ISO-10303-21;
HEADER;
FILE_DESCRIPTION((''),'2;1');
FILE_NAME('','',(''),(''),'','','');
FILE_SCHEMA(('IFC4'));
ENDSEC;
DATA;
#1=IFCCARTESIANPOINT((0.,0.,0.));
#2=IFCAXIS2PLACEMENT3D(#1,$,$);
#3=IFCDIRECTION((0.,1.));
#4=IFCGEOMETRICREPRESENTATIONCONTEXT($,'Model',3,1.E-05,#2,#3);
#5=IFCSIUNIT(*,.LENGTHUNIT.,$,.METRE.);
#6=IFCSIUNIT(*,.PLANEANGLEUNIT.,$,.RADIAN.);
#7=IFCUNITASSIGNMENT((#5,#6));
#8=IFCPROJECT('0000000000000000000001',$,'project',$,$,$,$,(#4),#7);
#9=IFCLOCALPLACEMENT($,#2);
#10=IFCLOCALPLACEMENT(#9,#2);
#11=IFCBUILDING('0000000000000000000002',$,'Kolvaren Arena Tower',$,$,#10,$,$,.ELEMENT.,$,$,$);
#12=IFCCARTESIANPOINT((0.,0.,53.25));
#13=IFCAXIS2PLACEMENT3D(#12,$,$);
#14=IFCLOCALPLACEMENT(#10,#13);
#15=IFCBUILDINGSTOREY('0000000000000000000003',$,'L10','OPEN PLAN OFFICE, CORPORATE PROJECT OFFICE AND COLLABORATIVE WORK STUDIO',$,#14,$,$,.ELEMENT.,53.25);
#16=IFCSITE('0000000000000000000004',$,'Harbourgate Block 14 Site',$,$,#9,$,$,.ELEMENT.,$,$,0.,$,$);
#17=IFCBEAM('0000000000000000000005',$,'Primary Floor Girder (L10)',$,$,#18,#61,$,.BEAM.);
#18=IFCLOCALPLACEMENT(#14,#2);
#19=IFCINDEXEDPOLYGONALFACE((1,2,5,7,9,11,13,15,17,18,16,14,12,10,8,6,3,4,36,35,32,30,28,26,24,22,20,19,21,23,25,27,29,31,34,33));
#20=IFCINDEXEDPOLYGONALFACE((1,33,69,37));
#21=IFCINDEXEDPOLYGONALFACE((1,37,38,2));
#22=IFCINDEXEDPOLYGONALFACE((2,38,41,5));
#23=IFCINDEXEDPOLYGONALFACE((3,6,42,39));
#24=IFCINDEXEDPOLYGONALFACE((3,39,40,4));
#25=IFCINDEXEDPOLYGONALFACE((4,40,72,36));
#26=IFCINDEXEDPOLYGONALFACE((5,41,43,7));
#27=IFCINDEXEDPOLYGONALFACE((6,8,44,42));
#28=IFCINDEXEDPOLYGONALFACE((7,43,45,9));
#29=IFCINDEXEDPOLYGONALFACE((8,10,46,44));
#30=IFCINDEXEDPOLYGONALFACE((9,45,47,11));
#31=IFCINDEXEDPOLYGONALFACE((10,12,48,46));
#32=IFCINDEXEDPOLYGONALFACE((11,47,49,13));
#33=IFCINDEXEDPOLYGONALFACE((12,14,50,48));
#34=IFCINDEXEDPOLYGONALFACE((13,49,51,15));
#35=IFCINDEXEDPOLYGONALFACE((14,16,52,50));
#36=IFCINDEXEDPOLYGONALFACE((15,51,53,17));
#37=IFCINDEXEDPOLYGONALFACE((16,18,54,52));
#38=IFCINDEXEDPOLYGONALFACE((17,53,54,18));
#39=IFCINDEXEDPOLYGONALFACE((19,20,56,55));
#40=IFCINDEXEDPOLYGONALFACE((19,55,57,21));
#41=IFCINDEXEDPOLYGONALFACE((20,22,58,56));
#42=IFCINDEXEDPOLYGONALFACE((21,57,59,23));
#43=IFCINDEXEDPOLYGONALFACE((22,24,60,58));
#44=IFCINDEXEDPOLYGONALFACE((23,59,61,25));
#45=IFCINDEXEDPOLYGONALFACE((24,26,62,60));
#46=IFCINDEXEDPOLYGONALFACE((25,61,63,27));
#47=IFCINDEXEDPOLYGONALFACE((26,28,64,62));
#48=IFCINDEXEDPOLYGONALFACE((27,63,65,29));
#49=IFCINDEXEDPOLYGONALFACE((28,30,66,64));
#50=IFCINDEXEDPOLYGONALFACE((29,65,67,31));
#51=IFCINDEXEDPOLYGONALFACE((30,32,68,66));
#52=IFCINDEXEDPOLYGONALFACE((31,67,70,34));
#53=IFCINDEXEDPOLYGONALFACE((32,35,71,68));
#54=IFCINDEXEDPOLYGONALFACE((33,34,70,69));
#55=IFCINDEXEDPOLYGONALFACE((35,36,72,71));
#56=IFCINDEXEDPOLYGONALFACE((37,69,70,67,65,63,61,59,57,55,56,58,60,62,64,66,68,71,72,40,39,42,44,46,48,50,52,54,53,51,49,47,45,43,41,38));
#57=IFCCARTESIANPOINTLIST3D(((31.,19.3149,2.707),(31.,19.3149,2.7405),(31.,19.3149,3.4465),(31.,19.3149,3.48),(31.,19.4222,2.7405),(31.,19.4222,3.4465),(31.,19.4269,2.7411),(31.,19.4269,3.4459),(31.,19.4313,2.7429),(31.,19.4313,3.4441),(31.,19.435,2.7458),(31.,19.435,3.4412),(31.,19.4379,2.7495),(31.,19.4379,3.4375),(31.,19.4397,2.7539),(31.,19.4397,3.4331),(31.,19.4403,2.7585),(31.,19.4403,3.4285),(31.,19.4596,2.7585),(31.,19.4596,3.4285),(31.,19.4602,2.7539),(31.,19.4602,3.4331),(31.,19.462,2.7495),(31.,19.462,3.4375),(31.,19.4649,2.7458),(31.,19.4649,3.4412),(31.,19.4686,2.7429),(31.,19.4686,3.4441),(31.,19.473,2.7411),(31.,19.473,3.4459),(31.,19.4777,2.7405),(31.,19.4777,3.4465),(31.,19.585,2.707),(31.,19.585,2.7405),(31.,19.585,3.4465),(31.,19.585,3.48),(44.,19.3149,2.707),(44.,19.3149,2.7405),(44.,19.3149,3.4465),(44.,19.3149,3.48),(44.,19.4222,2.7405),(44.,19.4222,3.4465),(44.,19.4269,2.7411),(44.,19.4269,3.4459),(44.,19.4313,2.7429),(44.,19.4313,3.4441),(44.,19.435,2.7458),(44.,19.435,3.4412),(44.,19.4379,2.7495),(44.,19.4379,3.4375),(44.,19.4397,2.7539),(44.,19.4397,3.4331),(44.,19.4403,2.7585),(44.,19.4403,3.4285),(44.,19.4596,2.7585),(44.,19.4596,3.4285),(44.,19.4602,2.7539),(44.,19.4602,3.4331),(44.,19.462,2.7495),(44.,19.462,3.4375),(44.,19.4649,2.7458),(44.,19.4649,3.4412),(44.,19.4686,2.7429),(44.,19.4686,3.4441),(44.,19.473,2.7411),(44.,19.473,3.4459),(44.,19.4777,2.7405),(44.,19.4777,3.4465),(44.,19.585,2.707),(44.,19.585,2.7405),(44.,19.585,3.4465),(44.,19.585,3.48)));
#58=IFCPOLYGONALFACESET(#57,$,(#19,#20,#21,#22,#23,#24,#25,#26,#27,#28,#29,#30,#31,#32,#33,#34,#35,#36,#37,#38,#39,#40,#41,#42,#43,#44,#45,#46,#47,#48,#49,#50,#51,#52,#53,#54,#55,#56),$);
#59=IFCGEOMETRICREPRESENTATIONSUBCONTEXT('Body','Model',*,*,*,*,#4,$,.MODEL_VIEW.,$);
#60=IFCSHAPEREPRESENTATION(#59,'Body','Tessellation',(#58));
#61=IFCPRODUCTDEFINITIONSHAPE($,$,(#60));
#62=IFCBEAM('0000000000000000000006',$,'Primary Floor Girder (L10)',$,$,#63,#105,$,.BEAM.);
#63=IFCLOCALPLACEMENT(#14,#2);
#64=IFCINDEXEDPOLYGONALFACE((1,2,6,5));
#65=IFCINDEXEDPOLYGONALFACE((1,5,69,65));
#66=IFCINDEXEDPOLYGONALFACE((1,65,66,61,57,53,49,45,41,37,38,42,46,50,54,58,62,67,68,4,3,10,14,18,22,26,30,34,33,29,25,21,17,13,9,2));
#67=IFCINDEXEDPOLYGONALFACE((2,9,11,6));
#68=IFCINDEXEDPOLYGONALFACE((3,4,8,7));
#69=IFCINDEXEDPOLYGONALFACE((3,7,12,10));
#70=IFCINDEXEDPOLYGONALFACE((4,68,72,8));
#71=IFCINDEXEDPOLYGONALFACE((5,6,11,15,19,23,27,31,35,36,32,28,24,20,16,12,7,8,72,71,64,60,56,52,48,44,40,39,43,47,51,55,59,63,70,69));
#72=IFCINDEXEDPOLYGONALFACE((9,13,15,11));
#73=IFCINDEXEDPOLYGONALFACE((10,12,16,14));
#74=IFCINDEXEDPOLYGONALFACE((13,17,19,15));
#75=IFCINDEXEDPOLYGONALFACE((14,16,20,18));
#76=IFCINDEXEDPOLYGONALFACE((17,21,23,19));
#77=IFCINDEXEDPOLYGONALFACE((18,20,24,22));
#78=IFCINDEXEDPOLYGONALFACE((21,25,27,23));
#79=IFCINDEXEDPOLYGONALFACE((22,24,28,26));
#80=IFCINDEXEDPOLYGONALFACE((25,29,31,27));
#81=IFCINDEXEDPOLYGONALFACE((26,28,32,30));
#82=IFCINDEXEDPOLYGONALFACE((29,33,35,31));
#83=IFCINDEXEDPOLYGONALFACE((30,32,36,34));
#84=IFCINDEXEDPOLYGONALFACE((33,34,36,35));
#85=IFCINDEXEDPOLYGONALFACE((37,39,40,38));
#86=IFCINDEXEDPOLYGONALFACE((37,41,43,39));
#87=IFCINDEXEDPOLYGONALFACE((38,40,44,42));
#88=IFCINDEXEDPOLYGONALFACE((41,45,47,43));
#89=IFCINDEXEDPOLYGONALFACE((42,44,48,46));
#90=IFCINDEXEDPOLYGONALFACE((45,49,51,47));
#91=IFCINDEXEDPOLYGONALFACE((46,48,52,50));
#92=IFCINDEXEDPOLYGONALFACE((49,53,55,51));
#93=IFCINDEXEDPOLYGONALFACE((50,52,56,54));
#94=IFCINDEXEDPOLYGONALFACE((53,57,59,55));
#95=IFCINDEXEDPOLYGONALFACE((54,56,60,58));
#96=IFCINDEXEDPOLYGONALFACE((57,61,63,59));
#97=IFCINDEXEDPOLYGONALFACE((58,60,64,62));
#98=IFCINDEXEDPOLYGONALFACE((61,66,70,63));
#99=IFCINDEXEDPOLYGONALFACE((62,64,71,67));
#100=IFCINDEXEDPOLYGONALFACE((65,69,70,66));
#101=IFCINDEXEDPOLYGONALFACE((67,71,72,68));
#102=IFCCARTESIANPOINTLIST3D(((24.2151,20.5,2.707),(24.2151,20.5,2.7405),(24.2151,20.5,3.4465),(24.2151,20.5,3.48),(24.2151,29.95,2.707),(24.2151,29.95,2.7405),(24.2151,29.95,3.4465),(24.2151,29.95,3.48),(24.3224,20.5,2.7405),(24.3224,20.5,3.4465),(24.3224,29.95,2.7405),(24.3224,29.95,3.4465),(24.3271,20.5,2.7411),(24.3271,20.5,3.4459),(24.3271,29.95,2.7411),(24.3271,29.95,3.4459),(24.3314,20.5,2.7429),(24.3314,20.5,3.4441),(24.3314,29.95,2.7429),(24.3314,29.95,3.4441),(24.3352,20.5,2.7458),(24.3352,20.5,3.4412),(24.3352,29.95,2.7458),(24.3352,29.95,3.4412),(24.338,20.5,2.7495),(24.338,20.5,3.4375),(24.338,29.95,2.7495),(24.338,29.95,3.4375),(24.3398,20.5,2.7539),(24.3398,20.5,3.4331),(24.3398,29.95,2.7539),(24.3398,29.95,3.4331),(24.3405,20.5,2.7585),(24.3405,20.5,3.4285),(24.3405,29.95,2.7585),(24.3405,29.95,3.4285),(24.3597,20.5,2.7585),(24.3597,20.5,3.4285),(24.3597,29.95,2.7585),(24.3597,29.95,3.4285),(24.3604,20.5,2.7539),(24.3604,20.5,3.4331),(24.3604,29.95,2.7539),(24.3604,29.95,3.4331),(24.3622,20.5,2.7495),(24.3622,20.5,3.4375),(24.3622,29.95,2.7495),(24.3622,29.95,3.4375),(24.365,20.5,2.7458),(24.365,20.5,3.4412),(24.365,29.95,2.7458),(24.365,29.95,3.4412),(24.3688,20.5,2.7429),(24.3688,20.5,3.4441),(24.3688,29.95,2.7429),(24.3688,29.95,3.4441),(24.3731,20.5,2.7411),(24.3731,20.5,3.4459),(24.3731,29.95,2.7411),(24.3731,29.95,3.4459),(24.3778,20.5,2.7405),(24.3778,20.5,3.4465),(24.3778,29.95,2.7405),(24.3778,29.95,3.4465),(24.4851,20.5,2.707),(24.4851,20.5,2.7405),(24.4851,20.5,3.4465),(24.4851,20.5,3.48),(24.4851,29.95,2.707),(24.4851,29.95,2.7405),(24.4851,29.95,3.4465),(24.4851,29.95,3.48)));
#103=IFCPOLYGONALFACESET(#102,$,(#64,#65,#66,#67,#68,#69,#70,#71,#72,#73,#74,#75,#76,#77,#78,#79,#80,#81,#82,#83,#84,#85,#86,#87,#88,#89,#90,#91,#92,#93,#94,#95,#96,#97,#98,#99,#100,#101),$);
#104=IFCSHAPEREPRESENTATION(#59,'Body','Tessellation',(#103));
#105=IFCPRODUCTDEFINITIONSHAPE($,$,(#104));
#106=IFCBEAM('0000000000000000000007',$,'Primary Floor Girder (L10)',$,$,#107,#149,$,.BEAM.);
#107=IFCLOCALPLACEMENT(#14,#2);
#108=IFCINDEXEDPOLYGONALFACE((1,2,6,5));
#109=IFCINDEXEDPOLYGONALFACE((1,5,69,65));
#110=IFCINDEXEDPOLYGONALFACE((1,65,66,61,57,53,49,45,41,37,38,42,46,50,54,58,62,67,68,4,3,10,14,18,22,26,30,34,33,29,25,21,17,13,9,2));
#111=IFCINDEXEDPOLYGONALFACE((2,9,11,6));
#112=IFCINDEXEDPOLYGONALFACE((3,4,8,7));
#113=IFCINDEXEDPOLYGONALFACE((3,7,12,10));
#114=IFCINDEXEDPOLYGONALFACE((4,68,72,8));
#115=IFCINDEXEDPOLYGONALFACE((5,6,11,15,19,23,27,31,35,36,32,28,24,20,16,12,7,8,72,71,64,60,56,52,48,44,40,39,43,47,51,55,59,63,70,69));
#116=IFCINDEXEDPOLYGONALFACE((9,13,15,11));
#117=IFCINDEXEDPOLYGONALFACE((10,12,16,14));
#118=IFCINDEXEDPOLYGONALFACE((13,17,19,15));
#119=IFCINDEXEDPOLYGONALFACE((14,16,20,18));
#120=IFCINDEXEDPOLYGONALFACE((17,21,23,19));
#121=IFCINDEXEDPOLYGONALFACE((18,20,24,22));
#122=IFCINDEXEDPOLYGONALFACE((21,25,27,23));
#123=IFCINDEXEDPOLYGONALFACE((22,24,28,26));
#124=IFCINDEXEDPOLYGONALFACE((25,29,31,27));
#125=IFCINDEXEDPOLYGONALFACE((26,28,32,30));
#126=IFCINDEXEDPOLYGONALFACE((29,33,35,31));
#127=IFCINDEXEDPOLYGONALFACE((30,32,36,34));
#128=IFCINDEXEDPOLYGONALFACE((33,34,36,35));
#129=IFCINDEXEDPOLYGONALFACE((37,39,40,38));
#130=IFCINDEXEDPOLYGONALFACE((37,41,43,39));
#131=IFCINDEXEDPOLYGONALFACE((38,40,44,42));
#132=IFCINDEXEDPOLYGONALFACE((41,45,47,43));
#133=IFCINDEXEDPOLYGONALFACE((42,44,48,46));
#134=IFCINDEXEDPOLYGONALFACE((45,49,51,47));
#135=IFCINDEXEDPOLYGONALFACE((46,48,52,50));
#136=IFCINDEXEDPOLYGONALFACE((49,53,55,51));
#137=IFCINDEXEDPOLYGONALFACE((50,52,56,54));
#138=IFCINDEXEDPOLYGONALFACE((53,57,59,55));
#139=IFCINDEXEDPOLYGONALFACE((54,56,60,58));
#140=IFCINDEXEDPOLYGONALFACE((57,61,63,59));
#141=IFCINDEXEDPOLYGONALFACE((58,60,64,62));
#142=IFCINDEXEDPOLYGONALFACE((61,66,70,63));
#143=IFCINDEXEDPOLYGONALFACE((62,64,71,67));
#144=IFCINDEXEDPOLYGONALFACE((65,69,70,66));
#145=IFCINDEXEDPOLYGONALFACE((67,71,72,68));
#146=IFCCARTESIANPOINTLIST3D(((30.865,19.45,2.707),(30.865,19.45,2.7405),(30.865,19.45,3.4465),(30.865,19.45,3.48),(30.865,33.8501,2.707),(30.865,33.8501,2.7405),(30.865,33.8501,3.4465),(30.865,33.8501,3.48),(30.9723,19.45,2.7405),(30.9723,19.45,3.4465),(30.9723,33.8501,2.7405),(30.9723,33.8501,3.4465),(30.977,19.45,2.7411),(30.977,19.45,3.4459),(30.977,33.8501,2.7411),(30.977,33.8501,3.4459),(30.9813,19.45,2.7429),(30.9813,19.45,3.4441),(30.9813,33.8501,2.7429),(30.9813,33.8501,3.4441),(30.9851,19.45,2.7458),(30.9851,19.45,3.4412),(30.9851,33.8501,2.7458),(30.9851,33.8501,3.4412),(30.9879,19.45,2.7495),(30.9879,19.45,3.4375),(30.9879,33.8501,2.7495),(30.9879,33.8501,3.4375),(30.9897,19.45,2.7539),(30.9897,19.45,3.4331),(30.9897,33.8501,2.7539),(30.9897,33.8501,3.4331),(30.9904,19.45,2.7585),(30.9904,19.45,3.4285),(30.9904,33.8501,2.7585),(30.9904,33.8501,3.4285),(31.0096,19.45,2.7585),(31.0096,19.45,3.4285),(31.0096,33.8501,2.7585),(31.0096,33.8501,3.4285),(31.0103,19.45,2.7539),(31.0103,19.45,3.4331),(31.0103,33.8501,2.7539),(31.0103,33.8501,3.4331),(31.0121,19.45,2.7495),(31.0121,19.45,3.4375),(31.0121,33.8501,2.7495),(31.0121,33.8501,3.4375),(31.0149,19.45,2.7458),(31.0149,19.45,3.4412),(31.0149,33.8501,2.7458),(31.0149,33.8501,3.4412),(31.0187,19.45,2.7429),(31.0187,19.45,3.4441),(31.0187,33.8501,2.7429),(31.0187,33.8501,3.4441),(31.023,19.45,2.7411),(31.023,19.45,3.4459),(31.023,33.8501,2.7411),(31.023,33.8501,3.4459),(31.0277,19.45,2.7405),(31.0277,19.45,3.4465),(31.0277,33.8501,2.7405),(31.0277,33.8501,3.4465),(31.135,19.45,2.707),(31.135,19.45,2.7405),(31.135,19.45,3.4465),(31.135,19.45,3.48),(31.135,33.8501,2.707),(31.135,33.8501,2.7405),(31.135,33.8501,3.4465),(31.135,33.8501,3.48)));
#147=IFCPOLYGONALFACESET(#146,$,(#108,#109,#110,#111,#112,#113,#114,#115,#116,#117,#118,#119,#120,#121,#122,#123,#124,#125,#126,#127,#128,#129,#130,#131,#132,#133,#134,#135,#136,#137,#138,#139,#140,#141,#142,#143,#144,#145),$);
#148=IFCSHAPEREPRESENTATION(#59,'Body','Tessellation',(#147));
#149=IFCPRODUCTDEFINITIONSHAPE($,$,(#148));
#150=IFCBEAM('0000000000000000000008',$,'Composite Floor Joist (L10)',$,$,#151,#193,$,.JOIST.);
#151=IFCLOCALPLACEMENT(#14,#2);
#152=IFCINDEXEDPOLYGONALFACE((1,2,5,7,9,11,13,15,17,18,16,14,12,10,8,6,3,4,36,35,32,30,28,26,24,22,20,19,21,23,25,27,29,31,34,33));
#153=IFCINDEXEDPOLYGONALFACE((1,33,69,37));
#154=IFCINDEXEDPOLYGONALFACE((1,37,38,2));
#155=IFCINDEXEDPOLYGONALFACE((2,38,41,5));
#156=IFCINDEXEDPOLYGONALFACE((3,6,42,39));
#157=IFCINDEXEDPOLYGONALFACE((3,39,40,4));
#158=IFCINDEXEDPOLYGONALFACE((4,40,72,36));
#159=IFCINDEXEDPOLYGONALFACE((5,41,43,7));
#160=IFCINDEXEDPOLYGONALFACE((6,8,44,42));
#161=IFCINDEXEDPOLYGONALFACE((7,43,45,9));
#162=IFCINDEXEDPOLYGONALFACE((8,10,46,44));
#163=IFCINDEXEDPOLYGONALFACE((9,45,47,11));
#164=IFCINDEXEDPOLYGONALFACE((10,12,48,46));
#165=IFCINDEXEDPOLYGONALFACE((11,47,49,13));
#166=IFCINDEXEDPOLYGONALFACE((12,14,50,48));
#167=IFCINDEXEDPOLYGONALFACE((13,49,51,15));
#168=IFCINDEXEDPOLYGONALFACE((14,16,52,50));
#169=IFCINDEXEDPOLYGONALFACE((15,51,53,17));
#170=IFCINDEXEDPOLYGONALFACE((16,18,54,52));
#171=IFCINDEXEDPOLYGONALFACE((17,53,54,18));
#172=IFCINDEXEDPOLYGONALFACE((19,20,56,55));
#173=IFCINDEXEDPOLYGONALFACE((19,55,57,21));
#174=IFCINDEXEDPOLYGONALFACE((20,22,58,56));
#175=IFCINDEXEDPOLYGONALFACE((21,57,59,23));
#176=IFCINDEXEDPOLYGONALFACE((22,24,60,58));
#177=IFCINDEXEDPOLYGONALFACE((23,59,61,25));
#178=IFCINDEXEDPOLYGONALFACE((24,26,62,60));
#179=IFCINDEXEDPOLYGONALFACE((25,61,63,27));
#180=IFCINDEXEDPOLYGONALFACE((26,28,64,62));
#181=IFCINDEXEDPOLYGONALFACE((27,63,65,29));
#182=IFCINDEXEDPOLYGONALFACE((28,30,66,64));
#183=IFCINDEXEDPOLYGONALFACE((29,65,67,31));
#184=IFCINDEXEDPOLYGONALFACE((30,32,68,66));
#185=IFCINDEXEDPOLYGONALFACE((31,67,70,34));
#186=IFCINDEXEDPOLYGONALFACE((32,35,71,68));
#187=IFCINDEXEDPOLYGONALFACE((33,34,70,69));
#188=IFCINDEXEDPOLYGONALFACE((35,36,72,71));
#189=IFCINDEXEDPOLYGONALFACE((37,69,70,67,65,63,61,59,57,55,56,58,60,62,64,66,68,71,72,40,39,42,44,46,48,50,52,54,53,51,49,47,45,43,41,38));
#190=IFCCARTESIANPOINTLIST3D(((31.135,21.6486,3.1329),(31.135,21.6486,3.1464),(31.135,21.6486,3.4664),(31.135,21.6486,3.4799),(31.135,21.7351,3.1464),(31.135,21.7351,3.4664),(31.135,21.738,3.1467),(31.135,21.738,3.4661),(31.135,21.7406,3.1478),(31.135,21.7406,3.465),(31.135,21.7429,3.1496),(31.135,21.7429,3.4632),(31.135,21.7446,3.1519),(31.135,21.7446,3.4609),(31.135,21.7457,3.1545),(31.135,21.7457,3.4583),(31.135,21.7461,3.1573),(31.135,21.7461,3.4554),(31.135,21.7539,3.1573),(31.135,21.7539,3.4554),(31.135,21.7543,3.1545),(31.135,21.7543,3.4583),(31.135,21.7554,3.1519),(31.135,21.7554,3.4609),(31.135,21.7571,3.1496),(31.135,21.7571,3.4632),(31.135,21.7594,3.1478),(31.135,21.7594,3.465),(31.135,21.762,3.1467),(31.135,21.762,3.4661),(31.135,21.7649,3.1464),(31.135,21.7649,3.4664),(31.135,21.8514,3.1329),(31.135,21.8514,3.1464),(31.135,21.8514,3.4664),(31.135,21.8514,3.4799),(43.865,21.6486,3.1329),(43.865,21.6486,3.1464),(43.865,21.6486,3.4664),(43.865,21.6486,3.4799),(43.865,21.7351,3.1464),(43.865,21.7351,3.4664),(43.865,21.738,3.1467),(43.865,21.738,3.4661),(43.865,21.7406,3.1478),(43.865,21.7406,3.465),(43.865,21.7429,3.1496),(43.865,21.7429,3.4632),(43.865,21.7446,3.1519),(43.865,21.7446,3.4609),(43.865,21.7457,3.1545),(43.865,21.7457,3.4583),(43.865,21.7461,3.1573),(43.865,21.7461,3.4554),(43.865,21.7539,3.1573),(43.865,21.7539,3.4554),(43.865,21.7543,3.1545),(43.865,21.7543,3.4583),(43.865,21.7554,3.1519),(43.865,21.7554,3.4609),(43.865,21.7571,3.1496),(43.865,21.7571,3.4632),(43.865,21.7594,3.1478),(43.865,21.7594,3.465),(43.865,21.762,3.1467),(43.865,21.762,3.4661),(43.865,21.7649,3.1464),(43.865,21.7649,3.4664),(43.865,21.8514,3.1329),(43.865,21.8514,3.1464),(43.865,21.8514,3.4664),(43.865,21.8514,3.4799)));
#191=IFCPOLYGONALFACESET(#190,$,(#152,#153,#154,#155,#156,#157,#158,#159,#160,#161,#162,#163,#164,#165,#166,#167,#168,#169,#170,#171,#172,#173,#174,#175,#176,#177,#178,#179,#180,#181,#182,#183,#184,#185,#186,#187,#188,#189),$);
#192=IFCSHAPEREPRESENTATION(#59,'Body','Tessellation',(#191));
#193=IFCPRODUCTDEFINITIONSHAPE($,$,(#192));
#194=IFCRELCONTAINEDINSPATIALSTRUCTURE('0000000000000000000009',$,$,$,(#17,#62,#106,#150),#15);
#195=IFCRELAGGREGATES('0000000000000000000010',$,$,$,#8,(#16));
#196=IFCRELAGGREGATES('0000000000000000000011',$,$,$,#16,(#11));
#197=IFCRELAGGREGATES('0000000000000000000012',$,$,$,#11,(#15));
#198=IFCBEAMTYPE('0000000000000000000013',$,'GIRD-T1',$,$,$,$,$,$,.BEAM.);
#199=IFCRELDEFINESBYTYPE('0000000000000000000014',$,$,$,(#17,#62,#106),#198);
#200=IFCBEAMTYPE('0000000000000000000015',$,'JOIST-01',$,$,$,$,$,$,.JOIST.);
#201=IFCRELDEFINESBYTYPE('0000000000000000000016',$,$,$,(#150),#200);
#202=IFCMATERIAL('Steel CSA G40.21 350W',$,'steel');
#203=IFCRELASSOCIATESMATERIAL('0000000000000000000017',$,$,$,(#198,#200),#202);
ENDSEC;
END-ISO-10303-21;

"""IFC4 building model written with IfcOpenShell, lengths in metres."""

from ifc_helpers import new_model, si_unit, direction, frame, origin, origin_2d, place, context, subcontext, project, spatial, i_section, extrude, material, material_profile, profile_set, type_object, element, save


model = new_model("IFC4")

# Units and contexts
model_context = context("Model", 3, precision=1e-05, world=origin(), true_north=direction((0.0, 1.0)))
body_context = subcontext(model_context, "Body", "Model", "MODEL_VIEW")
ifc_project = project(units=[si_unit("LENGTHUNIT", "METRE"), si_unit("PLANEANGLEUNIT", "RADIAN")], contexts=[model_context])

# Site, building, storey
site_placement = place(None, origin())
site = spatial("IfcSite", under=ifc_project, at=site_placement, Name="Harbourgate Block 14 Site", CompositionType="ELEMENT", RefElevation=0.0)
building_placement = place(site_placement, origin())
building = spatial("IfcBuilding", under=site, at=building_placement, Name="Kolvaren Arena Tower", CompositionType="ELEMENT")
storey_placement = place(building_placement, frame((0.0, 0.0, 53.25)))
storey = spatial("IfcBuildingStorey", under=building, at=storey_placement, Name="L10", Description="OPEN PLAN OFFICE, CORPORATE PROJECT OFFICE AND COLLABORATIVE WORK STUDIO", CompositionType="ELEMENT", Elevation=53.25)

# Beams
ifc_material_1 = material(Name="Steel CSA G40.21 350W", Category="steel")
ifc_material_profile_1 = material_profile(ifc_material_1, i_section(OverallWidth=0.27, OverallDepth=0.7729, WebThickness=0.0193, FlangeThickness=0.0334, FilletRadius=0.0181, at=origin_2d()), Name="W760x257")
ifc_profile_set_1 = profile_set([ifc_material_profile_1], Name="Steel CSA G40.21 350W")
beam_type_1 = type_object("IfcBeamType", Name="GIRD-T1", PredefinedType="BEAM", material=ifc_profile_set_1)
beam_1_placement = place(storey_placement, frame((31.0, 19.45, 3.0935), z_axis=(1.0, 0.0, 0.0), x_axis=(0.0, 1.0, 0.0)))
element("IfcBeam", 1, at=beam_1_placement, inside=storey, type_object=beam_type_1, Name="Primary Floor Girder (L10)", PredefinedType="BEAM", context=body_context, shape_type="SweptSolid", body=[
    extrude(i_section(OverallWidth=0.27, OverallDepth=0.7729, WebThickness=0.0193, FlangeThickness=0.0334, FilletRadius=0.0181, at=origin_2d()), origin(), (0.0, 0.0, 1.0), 13.0),
])
beam_2_placement = place(storey_placement, frame((24.3501, 20.5, 3.0935), z_axis=(0.0, 1.0, 0.0), x_axis=(-1.0, 0.0, 0.0)))
element("IfcBeam", 2, at=beam_2_placement, inside=storey, type_object=beam_type_1, Name="Primary Floor Girder (L10)", PredefinedType="BEAM", context=body_context, shape_type="SweptSolid", body=[
    extrude(i_section(OverallWidth=0.27, OverallDepth=0.7729, WebThickness=0.0193, FlangeThickness=0.0334, FilletRadius=0.0181, at=origin_2d()), origin(), (0.0, 0.0, 1.0), 9.45),
])
beam_3_placement = place(storey_placement, frame((31.0, 19.45, 3.0935), z_axis=(0.0, 1.0, 0.0), x_axis=(-1.0, 0.0, 0.0)))
element("IfcBeam", 3, at=beam_3_placement, inside=storey, type_object=beam_type_1, Name="Primary Floor Girder (L10)", PredefinedType="BEAM", context=body_context, shape_type="SweptSolid", body=[
    extrude(i_section(OverallWidth=0.27, OverallDepth=0.7729, WebThickness=0.0193, FlangeThickness=0.0334, FilletRadius=0.0181, at=origin_2d()), origin(), (0.0, 0.0, 1.0), 14.4001),
])
ifc_material_profile_2 = material_profile(ifc_material_1, i_section(OverallWidth=0.2029, OverallDepth=0.3469, WebThickness=0.0078, FlangeThickness=0.0134, FilletRadius=0.011, at=origin_2d()), Name="W360x64")
ifc_profile_set_2 = profile_set([ifc_material_profile_2], Name="Steel CSA G40.21 350W")
beam_type_2 = type_object("IfcBeamType", Name="JOIST-01", PredefinedType="JOIST", material=ifc_profile_set_2)
beam_4_placement = place(storey_placement, frame((31.135, 21.75, 3.3064), z_axis=(1.0, 0.0, 0.0), x_axis=(0.0, 1.0, 0.0)))
element("IfcBeam", 4, at=beam_4_placement, inside=storey, type_object=beam_type_2, Name="Composite Floor Joist (L10)", PredefinedType="JOIST", context=body_context, shape_type="SweptSolid", body=[
    extrude(i_section(OverallWidth=0.2029, OverallDepth=0.3469, WebThickness=0.0078, FlangeThickness=0.0134, FilletRadius=0.011, at=origin_2d()), origin(), (0.0, 0.0, 1.0), 12.73),
])

save(model, "model.ifc")
